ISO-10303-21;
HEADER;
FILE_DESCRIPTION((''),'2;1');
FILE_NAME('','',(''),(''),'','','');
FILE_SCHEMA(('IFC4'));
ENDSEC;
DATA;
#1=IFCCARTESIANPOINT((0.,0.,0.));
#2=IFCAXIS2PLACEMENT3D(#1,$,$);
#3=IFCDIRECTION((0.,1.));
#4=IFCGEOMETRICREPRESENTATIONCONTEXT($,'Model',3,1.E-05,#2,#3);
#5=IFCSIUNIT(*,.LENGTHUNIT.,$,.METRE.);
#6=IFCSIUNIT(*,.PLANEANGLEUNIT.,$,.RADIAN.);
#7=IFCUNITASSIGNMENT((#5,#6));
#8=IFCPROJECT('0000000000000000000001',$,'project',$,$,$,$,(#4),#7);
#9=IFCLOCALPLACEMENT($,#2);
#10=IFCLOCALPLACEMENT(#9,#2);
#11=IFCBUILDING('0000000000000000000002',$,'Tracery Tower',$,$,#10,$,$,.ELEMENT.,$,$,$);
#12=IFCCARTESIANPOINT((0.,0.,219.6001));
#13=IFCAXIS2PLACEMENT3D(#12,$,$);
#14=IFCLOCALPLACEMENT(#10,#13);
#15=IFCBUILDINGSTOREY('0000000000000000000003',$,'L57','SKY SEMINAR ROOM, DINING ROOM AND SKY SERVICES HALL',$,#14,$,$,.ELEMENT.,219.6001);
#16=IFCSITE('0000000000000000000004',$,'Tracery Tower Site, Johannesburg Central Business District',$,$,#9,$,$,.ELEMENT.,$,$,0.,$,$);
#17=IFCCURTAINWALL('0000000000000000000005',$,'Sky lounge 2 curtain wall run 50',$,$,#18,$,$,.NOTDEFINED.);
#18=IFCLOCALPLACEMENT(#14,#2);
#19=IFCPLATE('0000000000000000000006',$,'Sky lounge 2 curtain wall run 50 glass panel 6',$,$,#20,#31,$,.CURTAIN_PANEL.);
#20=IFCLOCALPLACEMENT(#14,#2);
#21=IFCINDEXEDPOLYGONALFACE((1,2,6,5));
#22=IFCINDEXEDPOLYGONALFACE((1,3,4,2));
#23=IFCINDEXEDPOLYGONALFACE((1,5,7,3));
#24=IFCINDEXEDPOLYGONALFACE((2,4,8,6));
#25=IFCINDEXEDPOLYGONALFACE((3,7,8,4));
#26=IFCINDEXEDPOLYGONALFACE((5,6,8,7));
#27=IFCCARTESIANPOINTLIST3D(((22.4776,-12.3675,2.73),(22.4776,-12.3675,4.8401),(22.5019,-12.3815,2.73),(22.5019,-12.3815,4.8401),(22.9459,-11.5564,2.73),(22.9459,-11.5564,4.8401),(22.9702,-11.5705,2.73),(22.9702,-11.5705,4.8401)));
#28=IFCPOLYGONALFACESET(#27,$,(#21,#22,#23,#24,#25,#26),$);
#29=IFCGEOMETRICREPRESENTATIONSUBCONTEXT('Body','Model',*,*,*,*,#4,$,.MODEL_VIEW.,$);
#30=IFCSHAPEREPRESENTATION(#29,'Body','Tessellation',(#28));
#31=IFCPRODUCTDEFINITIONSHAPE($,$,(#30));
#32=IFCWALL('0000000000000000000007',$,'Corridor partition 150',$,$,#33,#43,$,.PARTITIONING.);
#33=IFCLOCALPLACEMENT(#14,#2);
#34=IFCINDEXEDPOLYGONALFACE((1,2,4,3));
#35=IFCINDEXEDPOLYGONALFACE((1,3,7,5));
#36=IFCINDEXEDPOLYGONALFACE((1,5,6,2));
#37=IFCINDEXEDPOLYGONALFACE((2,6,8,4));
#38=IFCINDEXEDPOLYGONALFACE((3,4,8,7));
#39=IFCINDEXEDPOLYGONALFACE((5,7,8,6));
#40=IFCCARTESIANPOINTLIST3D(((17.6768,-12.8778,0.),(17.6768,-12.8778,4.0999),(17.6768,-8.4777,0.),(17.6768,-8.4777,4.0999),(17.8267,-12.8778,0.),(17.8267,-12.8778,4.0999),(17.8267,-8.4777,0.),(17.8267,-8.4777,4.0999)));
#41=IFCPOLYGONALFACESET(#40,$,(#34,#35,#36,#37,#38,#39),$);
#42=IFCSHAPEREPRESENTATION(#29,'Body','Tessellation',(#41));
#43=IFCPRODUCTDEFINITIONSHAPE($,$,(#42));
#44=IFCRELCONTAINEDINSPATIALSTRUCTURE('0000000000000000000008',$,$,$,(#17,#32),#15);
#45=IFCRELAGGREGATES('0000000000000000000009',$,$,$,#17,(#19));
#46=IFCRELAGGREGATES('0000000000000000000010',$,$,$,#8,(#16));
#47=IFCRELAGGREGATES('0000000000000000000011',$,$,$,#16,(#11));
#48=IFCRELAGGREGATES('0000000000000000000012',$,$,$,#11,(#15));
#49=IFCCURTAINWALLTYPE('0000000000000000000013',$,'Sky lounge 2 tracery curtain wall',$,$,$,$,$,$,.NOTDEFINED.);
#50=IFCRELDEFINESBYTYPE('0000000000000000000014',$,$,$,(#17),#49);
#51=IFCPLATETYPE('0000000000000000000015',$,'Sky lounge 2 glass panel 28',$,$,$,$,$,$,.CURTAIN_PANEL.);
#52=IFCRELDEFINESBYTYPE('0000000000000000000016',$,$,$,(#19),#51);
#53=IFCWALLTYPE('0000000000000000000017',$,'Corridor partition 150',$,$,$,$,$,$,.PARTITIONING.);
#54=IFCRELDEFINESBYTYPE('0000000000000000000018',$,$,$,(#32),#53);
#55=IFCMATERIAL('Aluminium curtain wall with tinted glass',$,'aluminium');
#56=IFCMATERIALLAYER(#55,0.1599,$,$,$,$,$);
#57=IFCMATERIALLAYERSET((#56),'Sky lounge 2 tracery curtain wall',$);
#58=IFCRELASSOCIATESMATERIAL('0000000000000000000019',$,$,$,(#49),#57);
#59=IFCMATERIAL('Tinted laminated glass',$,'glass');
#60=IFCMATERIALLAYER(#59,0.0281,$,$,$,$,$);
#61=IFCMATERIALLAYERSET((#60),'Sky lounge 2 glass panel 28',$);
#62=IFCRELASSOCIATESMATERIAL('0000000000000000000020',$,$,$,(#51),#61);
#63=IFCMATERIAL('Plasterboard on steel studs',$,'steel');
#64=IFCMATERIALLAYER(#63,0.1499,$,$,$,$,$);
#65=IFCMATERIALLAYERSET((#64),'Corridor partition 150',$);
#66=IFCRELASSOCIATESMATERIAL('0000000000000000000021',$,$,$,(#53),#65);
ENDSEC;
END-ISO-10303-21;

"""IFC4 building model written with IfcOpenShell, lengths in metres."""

from ifc_helpers import new_model, si_unit, direction, frame, frame_2d, origin, origin_2d, place, context, subcontext, project, spatial, rectangle, extrude, material, layer, layer_set, type_object, element, aggregate, save


model = new_model("IFC4")

# Units and contexts
model_context = context("Model", 3, precision=1e-05, world=origin(), true_north=direction((0.0, 1.0)))
body_context = subcontext(model_context, "Body", "Model", "MODEL_VIEW")
ifc_project = project(units=[si_unit("LENGTHUNIT", "METRE"), si_unit("PLANEANGLEUNIT", "RADIAN")], contexts=[model_context])

# Site, building, storey
site_placement = place(None, origin())
site = spatial("IfcSite", under=ifc_project, at=site_placement, Name="Tracery Tower Site, Johannesburg Central Business District", CompositionType="ELEMENT", RefElevation=0.0)
building_placement = place(site_placement, origin())
building = spatial("IfcBuilding", under=site, at=building_placement, Name="Tracery Tower", CompositionType="ELEMENT")
storey_placement = place(building_placement, frame((0.0, 0.0, 219.6001)))
storey = spatial("IfcBuildingStorey", under=building, at=storey_placement, Name="L57", Description="SKY SEMINAR ROOM, DINING ROOM AND SKY SERVICES HALL", CompositionType="ELEMENT", Elevation=219.6001)

# Curtain wall
ifc_material_1 = material(Name="Aluminium curtain wall with tinted glass", Category="aluminium")
ifc_layer_1 = layer(ifc_material_1, 0.1599)
ifc_layer_set_1 = layer_set([ifc_layer_1], Name="Sky lounge 2 tracery curtain wall")
curtain_wall_type = type_object("IfcCurtainWallType", Name="Sky lounge 2 tracery curtain wall", PredefinedType="NOTDEFINED", material=ifc_layer_set_1)
curtain_wall_1_placement = place(storey_placement, origin())
curtain_wall_1 = element("IfcCurtainWall", 1, at=curtain_wall_1_placement, inside=storey, type_object=curtain_wall_type, Name="Sky lounge 2 curtain wall run 50", PredefinedType="NOTDEFINED")

# Plate
ifc_material_2 = material(Name="Tinted laminated glass", Category="glass")
ifc_layer_2 = layer(ifc_material_2, 0.0281)
ifc_layer_set_2 = layer_set([ifc_layer_2], Name="Sky lounge 2 glass panel 28")
plate_type = type_object("IfcPlateType", Name="Sky lounge 2 glass panel 28", PredefinedType="CURTAIN_PANEL", material=ifc_layer_set_2)
plate_1_placement = place(storey_placement, frame((22.7239, -11.969, 2.73), z_axis=(0.0, 0.0, 1.0), x_axis=(0.5, 0.866025, 0.0)))
plate_1 = element("IfcPlate", 2, at=plate_1_placement, type_object=plate_type, Name="Sky lounge 2 curtain wall run 50 glass panel 6", PredefinedType="CURTAIN_PANEL", context=body_context, shape_type="SweptSolid", body=[
    extrude(rectangle(XDim=0.9365, YDim=0.0281, at=origin_2d()), origin(), (0.0, 0.0, 1.0), 2.1101),
])
aggregate(curtain_wall_1, [plate_1])

# Wall
ifc_material_3 = material(Name="Plasterboard on steel studs", Category="steel")
ifc_layer_3 = layer(ifc_material_3, 0.1499)
ifc_layer_set_3 = layer_set([ifc_layer_3], Name="Corridor partition 150")
wall_type = type_object("IfcWallType", Name="Corridor partition 150", PredefinedType="PARTITIONING", material=ifc_layer_set_3)
wall_placement = place(storey_placement, frame((17.7517, -12.8779, 0.0), z_axis=(0.0, 0.0, 1.0), x_axis=(0.0, 1.0, 0.0)))
element("IfcWall", 3, at=wall_placement, inside=storey, type_object=wall_type, Name="Corridor partition 150", PredefinedType="PARTITIONING", context=body_context, shape_type="SweptSolid", body=[
    extrude(rectangle(XDim=4.4001, YDim=0.1499, at=frame_2d((2.2002, 0.0))), origin(), (0.0, 0.0, 1.0), 4.0999),
])

save(model, "model.ifc")
